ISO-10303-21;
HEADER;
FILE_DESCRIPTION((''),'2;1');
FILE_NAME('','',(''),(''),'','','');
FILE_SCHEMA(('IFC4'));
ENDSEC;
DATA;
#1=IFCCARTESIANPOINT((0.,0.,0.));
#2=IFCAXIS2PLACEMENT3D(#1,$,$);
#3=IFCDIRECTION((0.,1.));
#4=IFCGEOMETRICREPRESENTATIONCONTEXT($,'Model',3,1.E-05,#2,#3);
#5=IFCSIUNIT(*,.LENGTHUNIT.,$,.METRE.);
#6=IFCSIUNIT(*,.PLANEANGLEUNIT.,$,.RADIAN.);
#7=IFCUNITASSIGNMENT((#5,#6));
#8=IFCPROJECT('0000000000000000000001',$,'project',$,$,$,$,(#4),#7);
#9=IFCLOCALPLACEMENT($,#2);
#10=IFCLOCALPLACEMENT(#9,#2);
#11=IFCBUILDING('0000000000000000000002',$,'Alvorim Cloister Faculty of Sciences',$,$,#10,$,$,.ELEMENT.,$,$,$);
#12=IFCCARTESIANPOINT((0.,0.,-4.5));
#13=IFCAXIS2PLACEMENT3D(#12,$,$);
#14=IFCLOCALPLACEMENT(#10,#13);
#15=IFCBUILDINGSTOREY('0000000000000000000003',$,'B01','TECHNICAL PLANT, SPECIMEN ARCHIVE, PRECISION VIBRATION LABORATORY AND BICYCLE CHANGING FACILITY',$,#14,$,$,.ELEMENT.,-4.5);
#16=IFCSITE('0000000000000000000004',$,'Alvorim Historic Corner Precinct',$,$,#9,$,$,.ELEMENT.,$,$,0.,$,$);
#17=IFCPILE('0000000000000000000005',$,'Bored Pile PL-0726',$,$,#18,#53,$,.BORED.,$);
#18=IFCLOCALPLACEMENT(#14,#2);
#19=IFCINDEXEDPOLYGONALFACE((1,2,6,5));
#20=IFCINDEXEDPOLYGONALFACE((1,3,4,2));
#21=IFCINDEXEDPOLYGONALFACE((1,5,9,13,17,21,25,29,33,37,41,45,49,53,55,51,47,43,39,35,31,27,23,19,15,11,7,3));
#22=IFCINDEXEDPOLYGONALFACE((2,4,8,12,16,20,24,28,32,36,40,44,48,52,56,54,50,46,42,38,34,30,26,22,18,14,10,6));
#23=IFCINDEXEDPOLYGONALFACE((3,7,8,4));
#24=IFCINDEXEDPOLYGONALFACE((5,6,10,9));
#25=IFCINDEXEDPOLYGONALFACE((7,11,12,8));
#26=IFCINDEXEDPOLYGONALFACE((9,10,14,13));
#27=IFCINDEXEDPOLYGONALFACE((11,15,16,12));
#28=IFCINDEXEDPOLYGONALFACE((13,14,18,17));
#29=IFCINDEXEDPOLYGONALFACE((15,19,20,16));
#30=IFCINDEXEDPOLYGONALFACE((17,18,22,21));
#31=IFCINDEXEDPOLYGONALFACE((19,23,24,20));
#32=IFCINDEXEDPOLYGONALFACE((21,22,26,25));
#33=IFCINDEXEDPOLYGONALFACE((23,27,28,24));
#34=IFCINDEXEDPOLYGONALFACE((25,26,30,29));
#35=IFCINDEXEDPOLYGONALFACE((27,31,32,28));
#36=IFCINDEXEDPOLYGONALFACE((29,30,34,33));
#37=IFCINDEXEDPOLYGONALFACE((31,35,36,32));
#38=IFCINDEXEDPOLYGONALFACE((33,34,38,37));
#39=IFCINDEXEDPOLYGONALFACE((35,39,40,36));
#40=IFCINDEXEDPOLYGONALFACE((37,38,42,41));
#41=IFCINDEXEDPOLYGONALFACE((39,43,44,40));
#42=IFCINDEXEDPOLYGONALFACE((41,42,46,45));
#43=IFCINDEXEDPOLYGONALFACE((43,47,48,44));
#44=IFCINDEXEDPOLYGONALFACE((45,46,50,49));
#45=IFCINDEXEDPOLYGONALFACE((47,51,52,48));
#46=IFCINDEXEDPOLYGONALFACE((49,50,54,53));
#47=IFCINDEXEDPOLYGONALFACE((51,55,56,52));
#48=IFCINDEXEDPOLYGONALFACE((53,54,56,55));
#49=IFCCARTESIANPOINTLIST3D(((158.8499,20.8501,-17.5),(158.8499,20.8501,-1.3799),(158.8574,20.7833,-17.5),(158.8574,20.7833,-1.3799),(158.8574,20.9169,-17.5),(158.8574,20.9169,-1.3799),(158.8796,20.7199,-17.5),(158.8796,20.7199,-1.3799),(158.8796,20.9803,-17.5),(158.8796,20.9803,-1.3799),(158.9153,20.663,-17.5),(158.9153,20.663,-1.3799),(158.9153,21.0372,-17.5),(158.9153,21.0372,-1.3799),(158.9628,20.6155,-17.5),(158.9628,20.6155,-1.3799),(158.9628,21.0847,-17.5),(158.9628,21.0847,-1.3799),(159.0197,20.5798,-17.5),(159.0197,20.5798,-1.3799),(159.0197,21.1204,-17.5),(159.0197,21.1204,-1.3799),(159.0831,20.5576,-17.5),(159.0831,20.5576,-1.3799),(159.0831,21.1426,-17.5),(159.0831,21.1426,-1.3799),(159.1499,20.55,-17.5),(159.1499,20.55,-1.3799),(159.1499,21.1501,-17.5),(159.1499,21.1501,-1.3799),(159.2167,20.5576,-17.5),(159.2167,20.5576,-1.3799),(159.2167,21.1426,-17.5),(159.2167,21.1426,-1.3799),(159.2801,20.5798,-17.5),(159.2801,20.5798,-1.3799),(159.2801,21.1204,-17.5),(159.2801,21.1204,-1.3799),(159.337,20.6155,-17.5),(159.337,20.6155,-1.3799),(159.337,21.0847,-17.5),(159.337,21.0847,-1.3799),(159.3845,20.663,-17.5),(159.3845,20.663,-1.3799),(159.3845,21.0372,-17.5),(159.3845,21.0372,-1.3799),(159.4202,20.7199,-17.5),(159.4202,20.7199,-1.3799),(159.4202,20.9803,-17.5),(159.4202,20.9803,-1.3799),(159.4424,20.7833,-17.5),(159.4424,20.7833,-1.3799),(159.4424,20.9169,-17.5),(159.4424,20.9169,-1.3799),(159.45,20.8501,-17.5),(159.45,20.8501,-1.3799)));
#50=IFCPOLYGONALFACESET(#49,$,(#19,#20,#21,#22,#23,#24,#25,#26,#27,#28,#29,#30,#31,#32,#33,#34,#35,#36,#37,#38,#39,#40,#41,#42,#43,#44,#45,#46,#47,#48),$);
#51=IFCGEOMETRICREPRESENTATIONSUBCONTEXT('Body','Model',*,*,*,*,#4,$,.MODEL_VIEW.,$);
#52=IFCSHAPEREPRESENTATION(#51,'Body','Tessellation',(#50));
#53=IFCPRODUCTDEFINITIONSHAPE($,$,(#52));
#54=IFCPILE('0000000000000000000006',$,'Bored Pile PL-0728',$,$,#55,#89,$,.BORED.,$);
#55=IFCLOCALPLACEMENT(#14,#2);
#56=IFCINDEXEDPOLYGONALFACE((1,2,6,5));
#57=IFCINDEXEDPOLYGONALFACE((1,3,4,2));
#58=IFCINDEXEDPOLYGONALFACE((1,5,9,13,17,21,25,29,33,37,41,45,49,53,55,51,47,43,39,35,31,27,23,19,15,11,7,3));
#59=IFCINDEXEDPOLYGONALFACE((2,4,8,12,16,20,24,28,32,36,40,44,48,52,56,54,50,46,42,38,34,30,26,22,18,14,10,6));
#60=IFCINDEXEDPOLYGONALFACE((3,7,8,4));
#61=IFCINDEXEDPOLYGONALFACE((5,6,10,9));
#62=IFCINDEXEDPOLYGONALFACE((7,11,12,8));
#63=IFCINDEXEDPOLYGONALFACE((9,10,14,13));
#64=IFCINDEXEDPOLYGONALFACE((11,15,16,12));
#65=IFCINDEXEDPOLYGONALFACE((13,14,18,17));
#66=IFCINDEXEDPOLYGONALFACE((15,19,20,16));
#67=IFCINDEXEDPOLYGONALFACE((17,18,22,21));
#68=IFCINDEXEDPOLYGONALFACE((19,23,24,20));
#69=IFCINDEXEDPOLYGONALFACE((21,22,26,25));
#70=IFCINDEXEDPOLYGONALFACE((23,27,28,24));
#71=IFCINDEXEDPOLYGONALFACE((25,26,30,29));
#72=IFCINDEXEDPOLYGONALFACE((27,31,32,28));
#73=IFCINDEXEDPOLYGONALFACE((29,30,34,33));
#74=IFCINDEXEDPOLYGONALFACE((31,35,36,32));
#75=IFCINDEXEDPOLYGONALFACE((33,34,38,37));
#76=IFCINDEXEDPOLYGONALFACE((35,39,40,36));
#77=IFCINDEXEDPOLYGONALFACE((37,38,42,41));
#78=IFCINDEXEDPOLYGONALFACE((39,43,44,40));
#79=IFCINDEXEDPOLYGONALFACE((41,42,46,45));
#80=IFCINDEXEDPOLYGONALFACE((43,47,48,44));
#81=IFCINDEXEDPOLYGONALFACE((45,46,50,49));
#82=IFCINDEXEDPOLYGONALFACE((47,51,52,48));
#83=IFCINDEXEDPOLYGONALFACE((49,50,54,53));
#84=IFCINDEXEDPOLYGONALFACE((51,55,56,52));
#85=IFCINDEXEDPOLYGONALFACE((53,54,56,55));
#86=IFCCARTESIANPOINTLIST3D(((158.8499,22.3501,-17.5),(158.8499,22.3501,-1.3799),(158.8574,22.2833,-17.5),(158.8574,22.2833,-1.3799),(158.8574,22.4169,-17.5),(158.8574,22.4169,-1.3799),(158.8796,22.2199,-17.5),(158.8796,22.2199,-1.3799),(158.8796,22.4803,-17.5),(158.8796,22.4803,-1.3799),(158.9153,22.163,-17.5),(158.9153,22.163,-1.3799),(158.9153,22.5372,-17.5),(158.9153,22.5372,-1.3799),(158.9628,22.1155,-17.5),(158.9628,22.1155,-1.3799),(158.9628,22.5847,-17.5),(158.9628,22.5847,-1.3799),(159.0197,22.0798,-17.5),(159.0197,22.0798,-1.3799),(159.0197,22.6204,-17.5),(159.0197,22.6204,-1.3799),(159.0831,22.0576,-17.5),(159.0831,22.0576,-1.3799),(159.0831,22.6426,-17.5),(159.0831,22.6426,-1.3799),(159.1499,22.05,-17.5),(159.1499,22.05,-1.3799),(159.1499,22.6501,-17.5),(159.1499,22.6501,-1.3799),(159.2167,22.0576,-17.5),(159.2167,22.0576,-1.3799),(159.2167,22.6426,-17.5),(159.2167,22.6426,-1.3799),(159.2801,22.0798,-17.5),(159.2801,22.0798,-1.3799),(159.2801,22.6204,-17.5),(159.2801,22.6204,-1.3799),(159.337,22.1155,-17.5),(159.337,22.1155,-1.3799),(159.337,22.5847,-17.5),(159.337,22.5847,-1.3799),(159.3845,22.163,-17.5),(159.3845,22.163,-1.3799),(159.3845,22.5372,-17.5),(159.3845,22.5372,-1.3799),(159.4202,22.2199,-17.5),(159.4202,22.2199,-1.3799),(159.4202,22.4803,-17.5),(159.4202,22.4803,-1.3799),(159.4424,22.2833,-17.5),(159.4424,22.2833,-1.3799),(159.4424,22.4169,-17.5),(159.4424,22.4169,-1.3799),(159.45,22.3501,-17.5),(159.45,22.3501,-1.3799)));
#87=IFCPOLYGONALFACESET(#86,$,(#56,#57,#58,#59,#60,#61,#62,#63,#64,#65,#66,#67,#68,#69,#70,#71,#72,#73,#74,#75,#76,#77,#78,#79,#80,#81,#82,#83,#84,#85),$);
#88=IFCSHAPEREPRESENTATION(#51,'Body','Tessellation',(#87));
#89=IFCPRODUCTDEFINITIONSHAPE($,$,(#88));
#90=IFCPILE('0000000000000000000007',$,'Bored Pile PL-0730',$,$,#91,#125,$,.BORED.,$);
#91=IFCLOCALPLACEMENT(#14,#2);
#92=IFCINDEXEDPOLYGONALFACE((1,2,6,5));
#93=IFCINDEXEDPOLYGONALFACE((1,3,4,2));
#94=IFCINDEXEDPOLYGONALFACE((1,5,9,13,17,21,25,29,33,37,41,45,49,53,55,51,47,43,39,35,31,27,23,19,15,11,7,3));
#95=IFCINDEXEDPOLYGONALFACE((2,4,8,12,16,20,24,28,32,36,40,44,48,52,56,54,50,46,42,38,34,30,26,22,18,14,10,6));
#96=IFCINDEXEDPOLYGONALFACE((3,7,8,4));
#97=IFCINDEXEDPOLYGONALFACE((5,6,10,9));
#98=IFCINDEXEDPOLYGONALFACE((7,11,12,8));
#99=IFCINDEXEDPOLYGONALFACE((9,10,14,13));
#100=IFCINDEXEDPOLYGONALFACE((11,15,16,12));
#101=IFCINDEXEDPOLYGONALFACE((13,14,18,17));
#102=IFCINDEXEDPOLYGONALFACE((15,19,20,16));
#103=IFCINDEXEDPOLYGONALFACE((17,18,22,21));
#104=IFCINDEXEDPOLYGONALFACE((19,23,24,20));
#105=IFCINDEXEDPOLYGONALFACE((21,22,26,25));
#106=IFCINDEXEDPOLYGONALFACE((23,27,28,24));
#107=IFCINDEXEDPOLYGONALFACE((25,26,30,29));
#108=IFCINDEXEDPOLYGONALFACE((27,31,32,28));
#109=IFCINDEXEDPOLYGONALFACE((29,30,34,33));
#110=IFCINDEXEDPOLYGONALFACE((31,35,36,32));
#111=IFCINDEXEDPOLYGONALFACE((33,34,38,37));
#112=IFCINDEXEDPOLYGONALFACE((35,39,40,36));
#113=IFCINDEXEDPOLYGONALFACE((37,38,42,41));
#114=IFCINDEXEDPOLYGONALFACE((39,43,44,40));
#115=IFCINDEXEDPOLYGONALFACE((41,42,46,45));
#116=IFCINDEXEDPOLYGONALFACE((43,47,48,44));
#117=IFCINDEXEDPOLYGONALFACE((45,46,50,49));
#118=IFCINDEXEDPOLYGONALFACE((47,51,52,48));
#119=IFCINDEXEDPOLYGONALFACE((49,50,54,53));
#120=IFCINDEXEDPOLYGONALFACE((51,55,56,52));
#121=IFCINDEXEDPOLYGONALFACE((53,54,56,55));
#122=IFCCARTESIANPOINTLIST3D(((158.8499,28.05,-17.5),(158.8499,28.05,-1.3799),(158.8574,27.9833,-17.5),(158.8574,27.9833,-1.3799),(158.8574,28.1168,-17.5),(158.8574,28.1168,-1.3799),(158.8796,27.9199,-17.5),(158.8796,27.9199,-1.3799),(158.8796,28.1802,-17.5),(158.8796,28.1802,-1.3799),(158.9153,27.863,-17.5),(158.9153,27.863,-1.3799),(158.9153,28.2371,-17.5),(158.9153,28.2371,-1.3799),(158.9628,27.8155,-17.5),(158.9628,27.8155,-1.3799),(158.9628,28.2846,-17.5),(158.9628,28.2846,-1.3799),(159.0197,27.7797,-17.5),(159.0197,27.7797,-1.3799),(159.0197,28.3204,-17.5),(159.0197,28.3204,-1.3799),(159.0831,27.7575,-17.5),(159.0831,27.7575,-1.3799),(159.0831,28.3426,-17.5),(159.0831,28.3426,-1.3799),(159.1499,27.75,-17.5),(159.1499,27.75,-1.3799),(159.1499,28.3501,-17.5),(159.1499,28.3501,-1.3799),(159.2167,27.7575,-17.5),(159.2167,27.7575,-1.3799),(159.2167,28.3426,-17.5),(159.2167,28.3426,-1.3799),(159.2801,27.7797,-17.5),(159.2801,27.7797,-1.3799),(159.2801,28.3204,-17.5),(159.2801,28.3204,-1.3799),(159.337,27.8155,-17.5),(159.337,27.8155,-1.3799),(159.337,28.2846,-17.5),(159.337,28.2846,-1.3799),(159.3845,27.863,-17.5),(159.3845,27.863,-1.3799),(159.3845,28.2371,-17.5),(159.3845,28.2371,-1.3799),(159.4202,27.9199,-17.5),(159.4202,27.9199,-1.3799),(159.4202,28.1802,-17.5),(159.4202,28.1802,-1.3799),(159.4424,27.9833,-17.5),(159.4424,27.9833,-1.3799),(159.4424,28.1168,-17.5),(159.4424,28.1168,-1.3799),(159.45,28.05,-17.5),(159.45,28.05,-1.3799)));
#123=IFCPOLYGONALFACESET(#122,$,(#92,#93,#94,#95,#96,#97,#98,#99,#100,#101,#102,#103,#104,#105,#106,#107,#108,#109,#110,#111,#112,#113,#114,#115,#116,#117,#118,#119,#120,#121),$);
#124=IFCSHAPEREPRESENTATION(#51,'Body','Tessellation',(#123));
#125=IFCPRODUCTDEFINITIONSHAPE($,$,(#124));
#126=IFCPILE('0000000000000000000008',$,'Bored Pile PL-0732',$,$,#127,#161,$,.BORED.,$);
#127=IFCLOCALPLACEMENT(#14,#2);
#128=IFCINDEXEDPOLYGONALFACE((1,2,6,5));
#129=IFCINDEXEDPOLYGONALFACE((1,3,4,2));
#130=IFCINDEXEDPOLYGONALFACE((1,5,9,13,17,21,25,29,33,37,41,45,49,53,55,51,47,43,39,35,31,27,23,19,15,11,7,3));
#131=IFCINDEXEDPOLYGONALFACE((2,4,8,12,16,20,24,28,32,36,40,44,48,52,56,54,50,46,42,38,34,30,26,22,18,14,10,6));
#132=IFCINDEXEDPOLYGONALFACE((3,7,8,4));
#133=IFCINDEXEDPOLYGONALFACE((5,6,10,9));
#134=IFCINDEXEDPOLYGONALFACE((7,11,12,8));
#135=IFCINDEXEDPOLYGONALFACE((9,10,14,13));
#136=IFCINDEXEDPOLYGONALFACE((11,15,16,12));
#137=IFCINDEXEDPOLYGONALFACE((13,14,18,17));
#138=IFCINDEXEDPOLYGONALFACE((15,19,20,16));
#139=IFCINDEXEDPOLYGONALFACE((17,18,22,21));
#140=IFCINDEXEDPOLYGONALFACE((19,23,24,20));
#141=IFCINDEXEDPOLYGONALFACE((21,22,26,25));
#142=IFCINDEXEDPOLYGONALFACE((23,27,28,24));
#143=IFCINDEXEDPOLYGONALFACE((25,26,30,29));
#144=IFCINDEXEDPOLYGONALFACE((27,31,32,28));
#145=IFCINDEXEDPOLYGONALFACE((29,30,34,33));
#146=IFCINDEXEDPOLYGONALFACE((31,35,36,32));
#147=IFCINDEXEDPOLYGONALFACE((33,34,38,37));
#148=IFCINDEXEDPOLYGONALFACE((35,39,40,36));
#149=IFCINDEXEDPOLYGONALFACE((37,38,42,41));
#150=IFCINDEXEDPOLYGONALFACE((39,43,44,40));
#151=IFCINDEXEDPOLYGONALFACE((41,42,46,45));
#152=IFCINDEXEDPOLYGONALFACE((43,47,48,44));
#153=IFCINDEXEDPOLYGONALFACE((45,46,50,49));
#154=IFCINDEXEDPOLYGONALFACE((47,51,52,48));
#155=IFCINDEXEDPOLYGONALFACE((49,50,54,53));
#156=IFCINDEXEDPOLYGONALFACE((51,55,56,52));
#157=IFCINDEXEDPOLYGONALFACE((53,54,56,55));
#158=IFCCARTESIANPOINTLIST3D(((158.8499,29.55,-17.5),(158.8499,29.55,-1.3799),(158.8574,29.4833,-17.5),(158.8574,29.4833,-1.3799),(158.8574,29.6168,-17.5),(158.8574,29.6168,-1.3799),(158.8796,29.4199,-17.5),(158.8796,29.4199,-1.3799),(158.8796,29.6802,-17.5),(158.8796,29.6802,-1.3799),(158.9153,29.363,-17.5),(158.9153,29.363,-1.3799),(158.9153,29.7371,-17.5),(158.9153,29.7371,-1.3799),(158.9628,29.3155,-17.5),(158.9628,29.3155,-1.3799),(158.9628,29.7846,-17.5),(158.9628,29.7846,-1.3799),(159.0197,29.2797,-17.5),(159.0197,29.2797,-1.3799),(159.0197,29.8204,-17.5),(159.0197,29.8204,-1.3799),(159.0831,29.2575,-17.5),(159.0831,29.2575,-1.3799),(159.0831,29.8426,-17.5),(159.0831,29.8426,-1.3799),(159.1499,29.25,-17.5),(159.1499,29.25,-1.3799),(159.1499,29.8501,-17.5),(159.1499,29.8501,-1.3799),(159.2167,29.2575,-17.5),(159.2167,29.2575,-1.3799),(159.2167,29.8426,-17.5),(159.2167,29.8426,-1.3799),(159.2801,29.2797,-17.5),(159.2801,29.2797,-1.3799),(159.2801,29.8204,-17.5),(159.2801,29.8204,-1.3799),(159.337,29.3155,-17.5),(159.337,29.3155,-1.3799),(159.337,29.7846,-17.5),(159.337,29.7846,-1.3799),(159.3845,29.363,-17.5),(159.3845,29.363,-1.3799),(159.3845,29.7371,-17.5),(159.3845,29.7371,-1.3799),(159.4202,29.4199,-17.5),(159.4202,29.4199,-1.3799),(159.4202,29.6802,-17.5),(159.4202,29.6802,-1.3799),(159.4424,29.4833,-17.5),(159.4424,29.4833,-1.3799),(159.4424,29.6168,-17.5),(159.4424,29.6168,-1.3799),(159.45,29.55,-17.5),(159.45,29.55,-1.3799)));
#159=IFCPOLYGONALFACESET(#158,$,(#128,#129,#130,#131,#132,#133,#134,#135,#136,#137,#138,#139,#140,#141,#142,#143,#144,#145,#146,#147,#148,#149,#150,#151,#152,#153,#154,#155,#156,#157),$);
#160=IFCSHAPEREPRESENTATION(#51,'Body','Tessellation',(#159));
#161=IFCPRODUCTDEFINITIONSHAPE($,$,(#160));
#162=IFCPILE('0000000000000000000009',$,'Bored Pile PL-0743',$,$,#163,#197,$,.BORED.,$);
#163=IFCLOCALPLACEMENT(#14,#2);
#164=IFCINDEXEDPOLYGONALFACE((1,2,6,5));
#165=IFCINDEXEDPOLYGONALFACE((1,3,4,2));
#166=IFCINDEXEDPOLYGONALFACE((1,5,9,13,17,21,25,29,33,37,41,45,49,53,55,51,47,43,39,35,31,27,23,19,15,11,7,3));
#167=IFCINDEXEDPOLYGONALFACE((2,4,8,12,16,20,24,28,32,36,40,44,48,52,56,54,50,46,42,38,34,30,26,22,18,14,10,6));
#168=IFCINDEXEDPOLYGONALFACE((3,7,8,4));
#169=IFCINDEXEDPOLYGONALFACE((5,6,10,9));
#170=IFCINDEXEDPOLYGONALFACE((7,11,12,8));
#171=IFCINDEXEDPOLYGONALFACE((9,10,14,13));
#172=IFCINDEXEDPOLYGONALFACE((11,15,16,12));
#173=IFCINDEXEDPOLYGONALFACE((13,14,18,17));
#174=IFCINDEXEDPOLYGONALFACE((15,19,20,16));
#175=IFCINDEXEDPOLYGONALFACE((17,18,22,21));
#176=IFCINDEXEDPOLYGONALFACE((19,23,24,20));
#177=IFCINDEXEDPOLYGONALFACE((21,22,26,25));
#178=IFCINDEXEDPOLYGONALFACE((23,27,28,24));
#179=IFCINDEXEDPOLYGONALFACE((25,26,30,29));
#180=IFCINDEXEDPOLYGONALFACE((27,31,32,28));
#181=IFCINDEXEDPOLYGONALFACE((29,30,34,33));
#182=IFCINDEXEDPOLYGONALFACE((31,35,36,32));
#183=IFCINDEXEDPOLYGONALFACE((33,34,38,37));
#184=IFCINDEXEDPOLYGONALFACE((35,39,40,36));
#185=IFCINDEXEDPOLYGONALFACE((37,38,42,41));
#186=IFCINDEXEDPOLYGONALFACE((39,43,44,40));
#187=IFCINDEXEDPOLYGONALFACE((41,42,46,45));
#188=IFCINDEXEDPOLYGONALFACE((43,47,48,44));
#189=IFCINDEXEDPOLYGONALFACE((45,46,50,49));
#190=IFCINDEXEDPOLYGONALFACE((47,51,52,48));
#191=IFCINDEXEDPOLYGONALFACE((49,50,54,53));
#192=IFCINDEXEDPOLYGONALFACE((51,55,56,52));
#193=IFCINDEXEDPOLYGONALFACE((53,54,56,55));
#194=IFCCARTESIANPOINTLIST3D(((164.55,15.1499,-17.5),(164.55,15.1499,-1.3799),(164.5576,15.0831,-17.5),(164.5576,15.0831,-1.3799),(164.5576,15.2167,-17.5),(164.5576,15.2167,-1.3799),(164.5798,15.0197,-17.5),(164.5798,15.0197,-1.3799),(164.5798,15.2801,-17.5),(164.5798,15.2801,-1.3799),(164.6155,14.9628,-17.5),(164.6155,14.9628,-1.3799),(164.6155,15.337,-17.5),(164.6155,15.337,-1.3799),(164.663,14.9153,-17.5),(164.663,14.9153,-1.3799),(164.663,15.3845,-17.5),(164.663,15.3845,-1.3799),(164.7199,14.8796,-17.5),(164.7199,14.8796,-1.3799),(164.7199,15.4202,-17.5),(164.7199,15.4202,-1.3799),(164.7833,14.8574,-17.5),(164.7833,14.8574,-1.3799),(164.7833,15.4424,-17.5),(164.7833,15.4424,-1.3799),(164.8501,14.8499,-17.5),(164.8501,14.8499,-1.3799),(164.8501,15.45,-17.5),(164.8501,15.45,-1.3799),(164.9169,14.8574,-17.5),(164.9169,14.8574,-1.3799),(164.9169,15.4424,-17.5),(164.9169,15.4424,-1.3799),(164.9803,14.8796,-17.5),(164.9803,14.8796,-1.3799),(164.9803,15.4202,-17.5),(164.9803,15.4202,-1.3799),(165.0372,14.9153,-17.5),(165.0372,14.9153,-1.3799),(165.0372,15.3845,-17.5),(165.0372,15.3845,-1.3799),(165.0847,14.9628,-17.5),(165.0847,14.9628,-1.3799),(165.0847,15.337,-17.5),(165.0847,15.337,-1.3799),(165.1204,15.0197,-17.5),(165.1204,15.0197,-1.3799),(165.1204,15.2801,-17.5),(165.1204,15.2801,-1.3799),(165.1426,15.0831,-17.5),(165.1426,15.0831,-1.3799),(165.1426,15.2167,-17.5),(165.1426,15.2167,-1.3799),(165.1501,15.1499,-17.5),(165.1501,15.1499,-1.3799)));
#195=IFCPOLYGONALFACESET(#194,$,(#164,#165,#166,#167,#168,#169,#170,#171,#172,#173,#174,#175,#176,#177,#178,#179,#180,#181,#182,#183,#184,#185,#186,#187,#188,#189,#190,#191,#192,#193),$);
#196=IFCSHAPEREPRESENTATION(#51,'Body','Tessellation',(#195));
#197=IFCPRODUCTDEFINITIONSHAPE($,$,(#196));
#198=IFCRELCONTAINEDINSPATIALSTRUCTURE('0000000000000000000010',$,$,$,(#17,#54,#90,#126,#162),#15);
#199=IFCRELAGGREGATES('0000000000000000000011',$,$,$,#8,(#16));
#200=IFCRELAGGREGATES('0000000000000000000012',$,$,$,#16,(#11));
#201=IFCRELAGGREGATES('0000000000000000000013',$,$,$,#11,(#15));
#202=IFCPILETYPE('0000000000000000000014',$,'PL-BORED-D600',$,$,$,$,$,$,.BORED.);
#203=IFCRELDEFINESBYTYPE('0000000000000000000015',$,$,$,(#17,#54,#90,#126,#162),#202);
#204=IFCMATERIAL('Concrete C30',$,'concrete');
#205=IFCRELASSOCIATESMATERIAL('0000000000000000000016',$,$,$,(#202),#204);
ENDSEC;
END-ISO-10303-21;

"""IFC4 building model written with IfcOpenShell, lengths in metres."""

from ifc_helpers import new_model, si_unit, direction, frame, origin, origin_2d, place, context, subcontext, project, spatial, circle, extrude, material, material_profile, profile_set, type_object, element, save


model = new_model("IFC4")

# Units and contexts
model_context = context("Model", 3, precision=1e-05, world=origin(), true_north=direction((0.0, 1.0)))
body_context = subcontext(model_context, "Body", "Model", "MODEL_VIEW")
ifc_project = project(units=[si_unit("LENGTHUNIT", "METRE"), si_unit("PLANEANGLEUNIT", "RADIAN")], contexts=[model_context])

# Site, building, storey
site_placement = place(None, origin())
site = spatial("IfcSite", under=ifc_project, at=site_placement, Name="Alvorim Historic Corner Precinct", CompositionType="ELEMENT", RefElevation=0.0)
building_placement = place(site_placement, origin())
building = spatial("IfcBuilding", under=site, at=building_placement, Name="Alvorim Cloister Faculty of Sciences", CompositionType="ELEMENT")
storey_placement = place(building_placement, frame((0.0, 0.0, -4.5)))
storey = spatial("IfcBuildingStorey", under=building, at=storey_placement, Name="B01", Description="TECHNICAL PLANT, SPECIMEN ARCHIVE, PRECISION VIBRATION LABORATORY AND BICYCLE CHANGING FACILITY", CompositionType="ELEMENT", Elevation=-4.5)

# Piles
ifc_material_1 = material(Name="Concrete C30", Category="concrete")
ifc_material_profile_1 = material_profile(ifc_material_1, circle(Radius=0.3, at=origin_2d()), Name="PILE-D600")
ifc_profile_set_1 = profile_set([ifc_material_profile_1], Name="Concrete C30")
pile_type = type_object("IfcPileType", Name="PL-BORED-D600", PredefinedType="BORED", material=ifc_profile_set_1)
for number, where, z_axis, x_axis, name in (
    (1, (159.1499, 20.8501, -1.3799), (0.0, 0.0, -1.0), (1.0, 0.0, 0.0), "Bored Pile PL-0726"),
    (2, (159.1499, 22.3501, -1.3799), (0.0, 0.0, -1.0), (1.0, 0.0, 0.0), "Bored Pile PL-0728"),
    (3, (159.1499, 28.05, -1.3799), (0.0, 0.0, -1.0), (1.0, 0.0, 0.0), "Bored Pile PL-0730"),
    (4, (159.1499, 29.55, -1.3799), (0.0, 0.0, -1.0), (1.0, 0.0, 0.0), "Bored Pile PL-0732"),
    (5, (164.8501, 15.1499, -1.3799), (0.0, 0.0, -1.0), (1.0, 0.0, 0.0), "Bored Pile PL-0743"),
):
    element("IfcPile", number, at=place(storey_placement, frame(where, z_axis=z_axis, x_axis=x_axis)), inside=storey, type_object=pile_type, Name=name, PredefinedType="BORED", context=body_context, shape_type="SweptSolid", body=[
        extrude(circle(Radius=0.3, at=origin_2d()), origin(), (0.0, 0.0, 1.0), 16.1201),
    ])

save(model, "model.ifc")
